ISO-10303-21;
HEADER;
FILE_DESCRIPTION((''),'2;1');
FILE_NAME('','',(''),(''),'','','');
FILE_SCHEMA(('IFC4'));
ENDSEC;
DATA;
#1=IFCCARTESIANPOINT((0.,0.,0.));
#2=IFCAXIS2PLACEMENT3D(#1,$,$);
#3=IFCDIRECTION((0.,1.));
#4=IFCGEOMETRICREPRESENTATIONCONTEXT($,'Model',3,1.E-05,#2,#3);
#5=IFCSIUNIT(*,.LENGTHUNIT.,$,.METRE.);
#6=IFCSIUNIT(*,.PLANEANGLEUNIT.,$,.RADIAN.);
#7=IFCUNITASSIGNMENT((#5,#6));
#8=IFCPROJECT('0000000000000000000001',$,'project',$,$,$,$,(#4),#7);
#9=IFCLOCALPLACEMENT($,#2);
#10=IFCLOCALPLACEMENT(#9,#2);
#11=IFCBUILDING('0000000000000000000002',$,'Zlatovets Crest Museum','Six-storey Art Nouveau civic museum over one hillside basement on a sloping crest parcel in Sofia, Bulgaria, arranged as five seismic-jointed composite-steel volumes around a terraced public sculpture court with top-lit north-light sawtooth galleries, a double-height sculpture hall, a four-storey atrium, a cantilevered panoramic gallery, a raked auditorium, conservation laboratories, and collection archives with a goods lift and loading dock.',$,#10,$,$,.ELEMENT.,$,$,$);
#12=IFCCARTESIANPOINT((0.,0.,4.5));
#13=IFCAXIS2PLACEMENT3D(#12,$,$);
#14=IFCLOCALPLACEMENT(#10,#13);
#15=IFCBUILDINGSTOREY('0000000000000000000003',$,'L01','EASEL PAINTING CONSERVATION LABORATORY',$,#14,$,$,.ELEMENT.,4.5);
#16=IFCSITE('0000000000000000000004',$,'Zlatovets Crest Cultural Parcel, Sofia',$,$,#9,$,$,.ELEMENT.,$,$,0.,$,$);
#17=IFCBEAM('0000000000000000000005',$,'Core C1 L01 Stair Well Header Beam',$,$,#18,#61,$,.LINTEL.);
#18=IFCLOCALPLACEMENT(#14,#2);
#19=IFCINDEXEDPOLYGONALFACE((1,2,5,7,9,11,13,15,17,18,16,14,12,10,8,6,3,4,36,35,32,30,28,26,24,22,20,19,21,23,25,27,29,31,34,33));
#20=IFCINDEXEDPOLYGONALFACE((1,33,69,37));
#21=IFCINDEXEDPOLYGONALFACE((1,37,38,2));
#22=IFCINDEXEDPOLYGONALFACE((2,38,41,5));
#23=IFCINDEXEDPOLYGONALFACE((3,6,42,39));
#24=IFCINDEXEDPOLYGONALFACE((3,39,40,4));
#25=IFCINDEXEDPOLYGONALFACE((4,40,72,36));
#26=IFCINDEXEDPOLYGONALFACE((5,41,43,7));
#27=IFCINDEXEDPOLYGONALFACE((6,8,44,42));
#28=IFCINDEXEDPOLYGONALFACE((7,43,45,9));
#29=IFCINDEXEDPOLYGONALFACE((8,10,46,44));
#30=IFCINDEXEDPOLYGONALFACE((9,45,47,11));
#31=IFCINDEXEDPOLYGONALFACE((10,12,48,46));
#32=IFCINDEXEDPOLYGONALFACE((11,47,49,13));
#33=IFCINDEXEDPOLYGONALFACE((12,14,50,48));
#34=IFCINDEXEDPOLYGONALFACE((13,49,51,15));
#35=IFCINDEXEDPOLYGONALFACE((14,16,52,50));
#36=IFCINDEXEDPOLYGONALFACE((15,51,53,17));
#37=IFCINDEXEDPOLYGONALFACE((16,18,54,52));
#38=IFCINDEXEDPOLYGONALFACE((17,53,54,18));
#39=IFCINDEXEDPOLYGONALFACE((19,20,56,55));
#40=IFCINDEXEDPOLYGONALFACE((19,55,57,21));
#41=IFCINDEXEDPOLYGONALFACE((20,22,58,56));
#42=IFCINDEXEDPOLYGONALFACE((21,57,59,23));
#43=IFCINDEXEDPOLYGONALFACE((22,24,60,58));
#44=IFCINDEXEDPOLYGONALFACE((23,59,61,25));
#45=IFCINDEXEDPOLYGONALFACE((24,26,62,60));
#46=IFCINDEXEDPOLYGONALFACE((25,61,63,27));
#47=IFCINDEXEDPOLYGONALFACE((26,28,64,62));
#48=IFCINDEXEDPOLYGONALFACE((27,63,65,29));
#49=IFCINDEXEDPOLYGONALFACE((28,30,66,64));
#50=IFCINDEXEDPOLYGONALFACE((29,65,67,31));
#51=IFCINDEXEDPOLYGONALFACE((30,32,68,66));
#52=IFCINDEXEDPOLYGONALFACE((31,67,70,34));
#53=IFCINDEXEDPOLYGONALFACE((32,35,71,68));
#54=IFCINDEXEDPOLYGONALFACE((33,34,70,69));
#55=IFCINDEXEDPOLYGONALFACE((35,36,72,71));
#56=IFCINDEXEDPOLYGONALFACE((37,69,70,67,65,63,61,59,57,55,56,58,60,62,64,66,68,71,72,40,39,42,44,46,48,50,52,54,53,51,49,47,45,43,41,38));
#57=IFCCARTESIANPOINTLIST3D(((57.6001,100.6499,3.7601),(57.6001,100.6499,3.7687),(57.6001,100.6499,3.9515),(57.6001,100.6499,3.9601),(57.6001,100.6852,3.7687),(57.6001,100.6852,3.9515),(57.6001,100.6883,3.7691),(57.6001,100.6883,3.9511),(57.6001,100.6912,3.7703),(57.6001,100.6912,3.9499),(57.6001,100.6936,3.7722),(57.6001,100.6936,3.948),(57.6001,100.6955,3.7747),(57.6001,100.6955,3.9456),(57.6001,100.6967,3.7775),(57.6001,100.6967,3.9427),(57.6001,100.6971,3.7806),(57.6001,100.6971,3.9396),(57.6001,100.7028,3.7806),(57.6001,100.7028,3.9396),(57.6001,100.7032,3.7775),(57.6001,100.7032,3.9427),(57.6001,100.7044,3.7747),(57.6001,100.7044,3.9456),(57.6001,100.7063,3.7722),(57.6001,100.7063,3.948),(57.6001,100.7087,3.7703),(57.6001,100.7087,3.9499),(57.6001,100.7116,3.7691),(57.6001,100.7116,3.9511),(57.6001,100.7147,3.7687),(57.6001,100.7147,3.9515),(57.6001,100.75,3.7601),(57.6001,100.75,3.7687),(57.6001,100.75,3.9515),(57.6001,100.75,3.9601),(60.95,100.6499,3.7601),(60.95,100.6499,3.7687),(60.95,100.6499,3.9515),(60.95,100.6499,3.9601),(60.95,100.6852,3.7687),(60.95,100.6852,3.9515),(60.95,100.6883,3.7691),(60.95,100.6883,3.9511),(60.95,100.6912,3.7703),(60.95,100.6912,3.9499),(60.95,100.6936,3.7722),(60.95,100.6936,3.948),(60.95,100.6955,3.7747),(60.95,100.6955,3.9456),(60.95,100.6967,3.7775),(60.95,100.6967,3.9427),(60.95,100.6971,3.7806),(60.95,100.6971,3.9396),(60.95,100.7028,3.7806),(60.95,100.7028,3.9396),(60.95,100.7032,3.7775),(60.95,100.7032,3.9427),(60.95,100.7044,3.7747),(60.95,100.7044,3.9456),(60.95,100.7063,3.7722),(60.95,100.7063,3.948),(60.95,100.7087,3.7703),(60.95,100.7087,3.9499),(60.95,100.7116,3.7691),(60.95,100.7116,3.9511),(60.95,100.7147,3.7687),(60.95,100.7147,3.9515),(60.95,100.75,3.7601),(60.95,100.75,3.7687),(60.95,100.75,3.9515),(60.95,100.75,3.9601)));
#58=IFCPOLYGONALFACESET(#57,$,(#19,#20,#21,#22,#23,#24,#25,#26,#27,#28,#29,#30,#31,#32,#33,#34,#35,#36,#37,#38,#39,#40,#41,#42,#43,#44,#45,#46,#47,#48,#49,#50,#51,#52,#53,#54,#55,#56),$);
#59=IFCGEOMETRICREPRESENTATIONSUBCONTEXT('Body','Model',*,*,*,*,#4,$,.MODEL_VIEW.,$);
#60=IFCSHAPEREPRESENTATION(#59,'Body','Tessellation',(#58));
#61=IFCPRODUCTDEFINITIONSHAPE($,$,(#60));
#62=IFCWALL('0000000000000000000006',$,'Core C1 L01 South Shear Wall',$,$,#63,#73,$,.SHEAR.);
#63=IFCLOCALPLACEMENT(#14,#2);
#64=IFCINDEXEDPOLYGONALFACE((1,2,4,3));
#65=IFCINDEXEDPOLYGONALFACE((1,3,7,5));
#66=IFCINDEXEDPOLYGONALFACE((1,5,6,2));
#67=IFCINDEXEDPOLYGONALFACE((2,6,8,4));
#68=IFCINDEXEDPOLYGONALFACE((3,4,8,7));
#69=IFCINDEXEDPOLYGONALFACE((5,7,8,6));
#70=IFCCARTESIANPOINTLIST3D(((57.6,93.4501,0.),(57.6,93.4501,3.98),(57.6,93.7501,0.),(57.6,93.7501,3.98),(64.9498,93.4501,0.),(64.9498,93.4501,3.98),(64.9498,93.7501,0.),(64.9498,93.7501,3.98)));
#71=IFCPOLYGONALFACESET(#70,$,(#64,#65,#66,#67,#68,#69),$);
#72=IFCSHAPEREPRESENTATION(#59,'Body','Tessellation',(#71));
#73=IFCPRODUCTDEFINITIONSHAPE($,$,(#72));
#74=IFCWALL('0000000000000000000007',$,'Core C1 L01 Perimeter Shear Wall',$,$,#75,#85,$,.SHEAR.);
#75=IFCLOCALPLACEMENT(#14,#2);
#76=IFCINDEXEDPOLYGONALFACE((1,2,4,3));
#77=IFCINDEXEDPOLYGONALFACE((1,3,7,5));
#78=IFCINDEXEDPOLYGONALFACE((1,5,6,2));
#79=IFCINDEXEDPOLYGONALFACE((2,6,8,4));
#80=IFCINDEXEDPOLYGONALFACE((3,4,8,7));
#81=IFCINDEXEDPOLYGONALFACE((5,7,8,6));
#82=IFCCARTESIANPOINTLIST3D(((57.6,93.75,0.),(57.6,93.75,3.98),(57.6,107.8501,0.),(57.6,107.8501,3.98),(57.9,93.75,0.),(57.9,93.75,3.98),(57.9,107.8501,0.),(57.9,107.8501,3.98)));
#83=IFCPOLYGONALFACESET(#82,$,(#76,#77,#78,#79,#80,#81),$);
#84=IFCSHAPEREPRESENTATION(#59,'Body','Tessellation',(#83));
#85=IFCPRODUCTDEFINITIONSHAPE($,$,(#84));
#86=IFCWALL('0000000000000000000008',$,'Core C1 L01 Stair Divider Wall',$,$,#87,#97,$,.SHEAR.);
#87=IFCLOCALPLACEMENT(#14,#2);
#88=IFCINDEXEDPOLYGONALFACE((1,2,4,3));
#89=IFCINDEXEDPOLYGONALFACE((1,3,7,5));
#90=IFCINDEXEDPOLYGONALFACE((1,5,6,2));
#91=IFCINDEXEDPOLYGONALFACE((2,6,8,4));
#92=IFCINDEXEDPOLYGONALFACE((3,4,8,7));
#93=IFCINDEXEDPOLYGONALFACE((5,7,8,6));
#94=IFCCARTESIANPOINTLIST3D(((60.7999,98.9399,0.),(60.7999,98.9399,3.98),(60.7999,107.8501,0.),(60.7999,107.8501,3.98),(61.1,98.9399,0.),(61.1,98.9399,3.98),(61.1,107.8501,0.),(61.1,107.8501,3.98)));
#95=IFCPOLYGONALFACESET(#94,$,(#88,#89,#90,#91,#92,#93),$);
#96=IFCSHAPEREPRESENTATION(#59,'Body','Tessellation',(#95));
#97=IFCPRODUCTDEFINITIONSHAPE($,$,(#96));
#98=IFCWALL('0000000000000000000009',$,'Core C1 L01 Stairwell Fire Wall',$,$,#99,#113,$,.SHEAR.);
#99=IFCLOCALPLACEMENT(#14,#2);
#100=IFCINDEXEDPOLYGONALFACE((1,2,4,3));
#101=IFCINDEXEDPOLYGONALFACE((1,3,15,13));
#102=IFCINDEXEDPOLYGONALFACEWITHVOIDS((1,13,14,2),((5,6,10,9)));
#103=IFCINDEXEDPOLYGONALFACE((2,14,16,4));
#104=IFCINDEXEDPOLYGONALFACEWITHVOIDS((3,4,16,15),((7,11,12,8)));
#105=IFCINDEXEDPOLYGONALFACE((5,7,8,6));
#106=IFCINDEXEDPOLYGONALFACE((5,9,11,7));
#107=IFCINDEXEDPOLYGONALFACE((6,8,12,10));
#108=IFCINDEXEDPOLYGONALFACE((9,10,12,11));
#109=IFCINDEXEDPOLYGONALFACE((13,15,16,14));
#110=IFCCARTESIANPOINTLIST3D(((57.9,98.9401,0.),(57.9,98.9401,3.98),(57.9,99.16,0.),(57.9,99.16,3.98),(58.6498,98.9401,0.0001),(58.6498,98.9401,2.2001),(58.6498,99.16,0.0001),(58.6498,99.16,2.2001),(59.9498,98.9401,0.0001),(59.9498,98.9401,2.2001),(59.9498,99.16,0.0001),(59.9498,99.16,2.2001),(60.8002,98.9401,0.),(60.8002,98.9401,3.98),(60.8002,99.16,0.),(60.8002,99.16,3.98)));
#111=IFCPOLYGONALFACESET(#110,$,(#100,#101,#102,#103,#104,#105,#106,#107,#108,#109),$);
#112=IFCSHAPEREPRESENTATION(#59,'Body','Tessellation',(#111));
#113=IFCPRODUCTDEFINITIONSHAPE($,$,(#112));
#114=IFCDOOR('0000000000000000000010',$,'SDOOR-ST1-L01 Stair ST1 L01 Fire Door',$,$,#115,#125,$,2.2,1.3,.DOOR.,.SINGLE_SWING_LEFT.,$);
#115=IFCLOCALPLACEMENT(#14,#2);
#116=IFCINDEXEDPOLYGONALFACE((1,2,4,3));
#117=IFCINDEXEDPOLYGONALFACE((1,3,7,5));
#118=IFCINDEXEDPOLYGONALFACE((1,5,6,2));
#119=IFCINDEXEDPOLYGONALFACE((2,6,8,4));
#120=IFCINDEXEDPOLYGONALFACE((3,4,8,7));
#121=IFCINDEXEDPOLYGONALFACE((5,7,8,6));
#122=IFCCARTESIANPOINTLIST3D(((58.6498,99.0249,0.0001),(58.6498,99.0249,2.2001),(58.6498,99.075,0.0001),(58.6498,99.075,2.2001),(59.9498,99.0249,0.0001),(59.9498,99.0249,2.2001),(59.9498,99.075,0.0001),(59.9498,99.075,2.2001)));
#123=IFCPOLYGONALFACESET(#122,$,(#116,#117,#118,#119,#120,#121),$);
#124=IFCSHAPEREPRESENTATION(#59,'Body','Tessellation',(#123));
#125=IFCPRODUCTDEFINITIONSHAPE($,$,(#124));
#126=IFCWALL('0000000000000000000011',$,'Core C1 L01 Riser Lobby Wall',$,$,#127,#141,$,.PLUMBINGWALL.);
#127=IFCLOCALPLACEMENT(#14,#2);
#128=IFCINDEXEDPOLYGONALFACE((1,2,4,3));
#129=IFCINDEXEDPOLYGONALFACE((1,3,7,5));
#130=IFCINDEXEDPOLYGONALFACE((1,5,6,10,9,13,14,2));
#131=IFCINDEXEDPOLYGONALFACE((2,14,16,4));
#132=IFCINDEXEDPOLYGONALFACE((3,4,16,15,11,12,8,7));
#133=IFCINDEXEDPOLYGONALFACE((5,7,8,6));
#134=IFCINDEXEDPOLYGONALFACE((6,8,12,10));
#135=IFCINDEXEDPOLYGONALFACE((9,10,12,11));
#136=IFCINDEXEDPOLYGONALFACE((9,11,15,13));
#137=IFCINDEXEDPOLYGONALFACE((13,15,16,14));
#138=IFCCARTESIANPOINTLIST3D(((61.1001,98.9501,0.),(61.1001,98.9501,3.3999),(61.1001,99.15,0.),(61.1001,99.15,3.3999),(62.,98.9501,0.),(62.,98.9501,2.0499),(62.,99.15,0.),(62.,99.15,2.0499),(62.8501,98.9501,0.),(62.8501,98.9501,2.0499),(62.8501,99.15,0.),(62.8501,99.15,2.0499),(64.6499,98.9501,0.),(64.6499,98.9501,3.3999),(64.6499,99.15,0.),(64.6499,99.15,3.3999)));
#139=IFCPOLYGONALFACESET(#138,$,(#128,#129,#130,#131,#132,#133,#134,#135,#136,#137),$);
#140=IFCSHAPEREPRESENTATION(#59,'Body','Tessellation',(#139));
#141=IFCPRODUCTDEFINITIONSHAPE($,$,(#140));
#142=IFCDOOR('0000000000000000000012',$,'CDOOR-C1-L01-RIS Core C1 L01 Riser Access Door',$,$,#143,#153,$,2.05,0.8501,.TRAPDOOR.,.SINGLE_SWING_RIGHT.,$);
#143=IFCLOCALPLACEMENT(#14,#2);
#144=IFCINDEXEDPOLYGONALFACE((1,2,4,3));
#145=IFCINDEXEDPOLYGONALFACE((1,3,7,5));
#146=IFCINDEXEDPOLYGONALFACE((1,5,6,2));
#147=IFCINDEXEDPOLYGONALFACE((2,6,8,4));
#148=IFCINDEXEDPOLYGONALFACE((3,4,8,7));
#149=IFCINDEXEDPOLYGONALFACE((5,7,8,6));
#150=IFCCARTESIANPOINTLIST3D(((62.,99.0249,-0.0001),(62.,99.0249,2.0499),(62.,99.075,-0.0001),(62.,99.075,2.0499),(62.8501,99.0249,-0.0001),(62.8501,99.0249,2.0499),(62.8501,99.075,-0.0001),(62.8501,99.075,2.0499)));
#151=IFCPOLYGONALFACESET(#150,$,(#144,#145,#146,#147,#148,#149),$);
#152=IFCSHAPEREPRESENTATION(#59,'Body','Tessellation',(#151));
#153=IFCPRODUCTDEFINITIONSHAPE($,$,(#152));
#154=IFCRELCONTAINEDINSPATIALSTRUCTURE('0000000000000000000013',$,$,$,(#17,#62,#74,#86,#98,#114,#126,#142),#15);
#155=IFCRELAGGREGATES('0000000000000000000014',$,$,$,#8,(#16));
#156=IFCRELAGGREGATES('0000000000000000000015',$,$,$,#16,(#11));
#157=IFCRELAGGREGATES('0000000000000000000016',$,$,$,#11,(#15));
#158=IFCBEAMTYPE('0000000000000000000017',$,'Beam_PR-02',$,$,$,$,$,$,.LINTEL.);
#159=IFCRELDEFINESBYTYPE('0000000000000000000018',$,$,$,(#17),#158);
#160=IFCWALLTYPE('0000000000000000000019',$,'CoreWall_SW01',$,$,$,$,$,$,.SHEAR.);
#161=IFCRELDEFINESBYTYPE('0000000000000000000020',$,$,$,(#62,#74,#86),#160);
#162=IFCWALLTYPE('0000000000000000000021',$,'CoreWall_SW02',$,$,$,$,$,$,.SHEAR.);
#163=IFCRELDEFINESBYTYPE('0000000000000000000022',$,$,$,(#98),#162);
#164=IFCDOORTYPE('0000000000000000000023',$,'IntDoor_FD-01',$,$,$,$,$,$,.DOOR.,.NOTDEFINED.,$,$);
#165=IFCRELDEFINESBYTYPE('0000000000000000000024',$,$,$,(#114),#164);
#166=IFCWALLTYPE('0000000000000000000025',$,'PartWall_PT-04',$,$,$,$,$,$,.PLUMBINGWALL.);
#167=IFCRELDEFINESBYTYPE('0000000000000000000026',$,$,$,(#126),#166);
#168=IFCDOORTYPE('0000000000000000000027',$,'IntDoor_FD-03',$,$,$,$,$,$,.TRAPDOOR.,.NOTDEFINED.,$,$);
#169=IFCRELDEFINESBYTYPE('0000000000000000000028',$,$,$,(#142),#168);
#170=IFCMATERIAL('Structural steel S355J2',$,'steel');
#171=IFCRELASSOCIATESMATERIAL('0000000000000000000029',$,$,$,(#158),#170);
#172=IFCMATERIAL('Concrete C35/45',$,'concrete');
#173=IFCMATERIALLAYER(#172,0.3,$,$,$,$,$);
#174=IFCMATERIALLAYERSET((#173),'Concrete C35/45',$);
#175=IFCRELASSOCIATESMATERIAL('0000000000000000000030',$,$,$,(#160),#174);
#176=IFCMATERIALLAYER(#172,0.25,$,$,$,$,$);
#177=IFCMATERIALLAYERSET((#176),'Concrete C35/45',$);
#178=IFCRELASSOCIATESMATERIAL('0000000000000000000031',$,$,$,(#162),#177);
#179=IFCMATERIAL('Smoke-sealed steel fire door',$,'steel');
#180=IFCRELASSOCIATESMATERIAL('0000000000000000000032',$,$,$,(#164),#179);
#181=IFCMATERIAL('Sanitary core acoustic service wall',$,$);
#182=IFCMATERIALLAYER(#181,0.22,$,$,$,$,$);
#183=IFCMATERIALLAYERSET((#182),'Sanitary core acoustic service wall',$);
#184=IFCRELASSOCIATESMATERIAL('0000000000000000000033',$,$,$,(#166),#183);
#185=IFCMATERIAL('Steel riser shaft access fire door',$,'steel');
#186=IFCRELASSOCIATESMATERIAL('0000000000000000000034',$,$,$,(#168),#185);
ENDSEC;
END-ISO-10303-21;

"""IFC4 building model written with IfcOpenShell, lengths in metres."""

from ifc_helpers import new_model, si_unit, direction, frame, frame_2d, origin, origin_2d, place, context, subcontext, project, spatial, rectangle, i_section, extrude, material, layer, layer_set, material_profile, profile_set, type_object, element, fill, save


model = new_model("IFC4")

# Units and contexts
model_context = context("Model", 3, precision=1e-05, world=origin(), true_north=direction((0.0, 1.0)))
body_context = subcontext(model_context, "Body", "Model", "MODEL_VIEW")
ifc_project = project(units=[si_unit("LENGTHUNIT", "METRE"), si_unit("PLANEANGLEUNIT", "RADIAN")], contexts=[model_context])

# Site, building, storey
site_placement = place(None, origin())
site = spatial("IfcSite", under=ifc_project, at=site_placement, Name="Zlatovets Crest Cultural Parcel, Sofia", CompositionType="ELEMENT", RefElevation=0.0)
building_placement = place(site_placement, origin())
building = spatial("IfcBuilding", under=site, at=building_placement, Name="Zlatovets Crest Museum", Description="Six-storey Art Nouveau civic museum over one hillside basement on a sloping crest parcel in Sofia, Bulgaria, arranged as five seismic-jointed composite-steel volumes around a terraced public sculpture court with top-lit north-light sawtooth galleries, a double-height sculpture hall, a four-storey atrium, a cantilevered panoramic gallery, a raked auditorium, conservation laboratories, and collection archives with a goods lift and loading dock.", CompositionType="ELEMENT")
storey_placement = place(building_placement, frame((0.0, 0.0, 4.5)))
storey = spatial("IfcBuildingStorey", under=building, at=storey_placement, Name="L01", Description="EASEL PAINTING CONSERVATION LABORATORY", CompositionType="ELEMENT", Elevation=4.5)

# Shared definitions
ifc_material_1 = material(Name="Structural steel S355J2", Category="steel")

# Beam
ifc_material_profile_1 = material_profile(ifc_material_1, i_section(OverallWidth=0.1001, OverallDepth=0.2, WebThickness=0.0056, FlangeThickness=0.0085, FilletRadius=0.012, at=origin_2d()), Name="IPE 200")
ifc_profile_set_1 = profile_set([ifc_material_profile_1], Name="Structural steel S355J2")
beam_type_1 = type_object("IfcBeamType", Name="Beam_PR-02", PredefinedType="LINTEL", material=ifc_profile_set_1)
beam_1_placement = place(storey_placement, frame((57.6001, 100.7, 3.8601), z_axis=(1.0, 0.0, 0.0), x_axis=(0.0, 1.0, 0.0)))
element("IfcBeam", 1, at=beam_1_placement, inside=storey, type_object=beam_type_1, Name="Core C1 L01 Stair Well Header Beam", PredefinedType="LINTEL", context=body_context, shape_type="SweptSolid", body=[
    extrude(i_section(OverallWidth=0.1001, OverallDepth=0.2, WebThickness=0.0056, FlangeThickness=0.0085, FilletRadius=0.012, at=origin_2d()), origin(), (0.0, 0.0, 1.0), 3.3499),
])

# Walls
ifc_material_2 = material(Name="Concrete C35/45", Category="concrete")
ifc_layer_1 = layer(ifc_material_2, 0.3)
ifc_layer_set_1 = layer_set([ifc_layer_1], Name="Concrete C35/45")
wall_type_1 = type_object("IfcWallType", Name="CoreWall_SW01", PredefinedType="SHEAR", material=ifc_layer_set_1)
wall_1_placement = place(storey_placement, frame((57.6001, 93.6001, 0.0), z_axis=(0.0, 0.0, 1.0), x_axis=(1.0, 0.0, 0.0)))
element("IfcWall", 2, at=wall_1_placement, inside=storey, type_object=wall_type_1, Name="Core C1 L01 South Shear Wall", PredefinedType="SHEAR", context=body_context, shape_type="SweptSolid", body=[
    extrude(rectangle(XDim=7.3499, YDim=0.3, at=frame_2d((3.6748, 0.0))), origin(), (0.0, 0.0, 1.0), 3.98),
])
wall_2_placement = place(storey_placement, frame((57.75, 93.75, 0.0), z_axis=(0.0, 0.0, 1.0), x_axis=(0.0, 1.0, 0.0)))
element("IfcWall", 3, at=wall_2_placement, inside=storey, type_object=wall_type_1, Name="Core C1 L01 Perimeter Shear Wall", PredefinedType="SHEAR", context=body_context, shape_type="SweptSolid", body=[
    extrude(rectangle(XDim=14.1001, YDim=0.3, at=frame_2d((7.05, 0.0))), origin(), (0.0, 0.0, 1.0), 3.98),
])
wall_3_placement = place(storey_placement, frame((60.95, 98.9399, 0.0), z_axis=(0.0, 0.0, 1.0), x_axis=(0.0, 1.0, 0.0)))
element("IfcWall", 4, at=wall_3_placement, inside=storey, type_object=wall_type_1, Name="Core C1 L01 Stair Divider Wall", PredefinedType="SHEAR", context=body_context, shape_type="SweptSolid", body=[
    extrude(rectangle(XDim=8.9102, YDim=0.3, at=frame_2d((4.4551, 0.0))), origin(), (0.0, 0.0, 1.0), 3.98),
])

# Walls, openings, doors
ifc_layer_2 = layer(ifc_material_2, 0.25)
ifc_layer_set_2 = layer_set([ifc_layer_2], Name="Concrete C35/45")
wall_type_2 = type_object("IfcWallType", Name="CoreWall_SW02", PredefinedType="SHEAR", material=ifc_layer_set_2)
wall_4_placement = place(storey_placement, frame((57.8999, 99.05, 0.0), z_axis=(0.0, 0.0, 1.0), x_axis=(1.0, 0.0, 0.0)))
wall_4 = element("IfcWall", 5, at=wall_4_placement, inside=storey, type_object=wall_type_2, Name="Core C1 L01 Stairwell Fire Wall", PredefinedType="SHEAR", context=body_context, shape_type="SweptSolid", body=[
    extrude(rectangle(XDim=2.9001, YDim=0.22, at=frame_2d((1.4502, 0.0))), origin(), (0.0, 0.0, 1.0), 3.98),
])
opening_1_placement = place(wall_4_placement, frame((0.75, 0.0, 0.0)))
opening_1 = element("IfcOpeningElement", 6, at=opening_1_placement, cuts=wall_4, PredefinedType="OPENING", context=body_context, shape_type="SweptSolid", body=[
    extrude(rectangle(XDim=1.3, YDim=2.2, at=frame_2d((0.6499, 1.1001))), frame((0.0, 0.1201, 0.0), z_axis=(0.0, -1.0, 0.0), x_axis=(1.0, 0.0, 0.0)), (0.0, 0.0, 1.0), 0.24),
])
ifc_material_3 = material(Name="Smoke-sealed steel fire door", Category="steel")
door_type_1 = type_object("IfcDoorType", Name="IntDoor_FD-01", OperationType="NOTDEFINED", PredefinedType="DOOR", material=ifc_material_3)
door_1_placement = place(opening_1_placement, origin())
door_1 = element("IfcDoor", 7, at=door_1_placement, inside=storey, type_object=door_type_1, Name="SDOOR-ST1-L01 Stair ST1 L01 Fire Door", OperationType="SINGLE_SWING_LEFT", OverallHeight=2.2, OverallWidth=1.3, PredefinedType="DOOR", context=body_context, shape_type="SweptSolid", body=[
    extrude(rectangle(XDim=1.3, YDim=2.2, at=frame_2d((0.6499, 1.1001))), frame((0.0, 0.0249, 0.0), z_axis=(0.0, -1.0, 0.0), x_axis=(1.0, 0.0, 0.0)), (0.0, 0.0, 1.0), 0.05),
])
fill(opening_1, door_1)
ifc_material_4 = material(Name="Sanitary core acoustic service wall")
ifc_layer_3 = layer(ifc_material_4, 0.22)
ifc_layer_set_3 = layer_set([ifc_layer_3], Name="Sanitary core acoustic service wall")
wall_type_3 = type_object("IfcWallType", Name="PartWall_PT-04", PredefinedType="PLUMBINGWALL", material=ifc_layer_set_3)
wall_5_placement = place(storey_placement, frame((61.1001, 99.05, 0.0), z_axis=(0.0, 0.0, 1.0), x_axis=(1.0, 0.0, 0.0)))
wall_5 = element("IfcWall", 8, at=wall_5_placement, inside=storey, type_object=wall_type_3, Name="Core C1 L01 Riser Lobby Wall", PredefinedType="PLUMBINGWALL", context=body_context, shape_type="SweptSolid", body=[
    extrude(rectangle(XDim=3.5498, YDim=0.2, at=frame_2d((1.7749, 0.0))), origin(), (0.0, 0.0, 1.0), 3.3999),
])
opening_2_placement = place(wall_5_placement, frame((0.8999, 0.0, 0.0)))
opening_2 = element("IfcOpeningElement", 9, at=opening_2_placement, cuts=wall_5, PredefinedType="OPENING", context=body_context, shape_type="SweptSolid", body=[
    extrude(rectangle(XDim=0.8501, YDim=2.05, at=frame_2d((0.425, 1.0249))), frame((0.0, 0.1099, 0.0), z_axis=(0.0, -1.0, 0.0), x_axis=(1.0, 0.0, 0.0)), (0.0, 0.0, 1.0), 0.22),
])
ifc_material_5 = material(Name="Steel riser shaft access fire door", Category="steel")
door_type_2 = type_object("IfcDoorType", Name="IntDoor_FD-03", OperationType="NOTDEFINED", PredefinedType="TRAPDOOR", material=ifc_material_5)
door_2_placement = place(opening_2_placement, origin())
door_2 = element("IfcDoor", 10, at=door_2_placement, inside=storey, type_object=door_type_2, Name="CDOOR-C1-L01-RIS Core C1 L01 Riser Access Door", OperationType="SINGLE_SWING_RIGHT", OverallHeight=2.05, OverallWidth=0.8501, PredefinedType="TRAPDOOR", context=body_context, shape_type="SweptSolid", body=[
    extrude(rectangle(XDim=0.8501, YDim=2.05, at=frame_2d((0.425, 1.0249))), frame((0.0, 0.0249, 0.0), z_axis=(0.0, -1.0, 0.0), x_axis=(1.0, 0.0, 0.0)), (0.0, 0.0, 1.0), 0.05),
])
fill(opening_2, door_2)

save(model, "model.ifc")
